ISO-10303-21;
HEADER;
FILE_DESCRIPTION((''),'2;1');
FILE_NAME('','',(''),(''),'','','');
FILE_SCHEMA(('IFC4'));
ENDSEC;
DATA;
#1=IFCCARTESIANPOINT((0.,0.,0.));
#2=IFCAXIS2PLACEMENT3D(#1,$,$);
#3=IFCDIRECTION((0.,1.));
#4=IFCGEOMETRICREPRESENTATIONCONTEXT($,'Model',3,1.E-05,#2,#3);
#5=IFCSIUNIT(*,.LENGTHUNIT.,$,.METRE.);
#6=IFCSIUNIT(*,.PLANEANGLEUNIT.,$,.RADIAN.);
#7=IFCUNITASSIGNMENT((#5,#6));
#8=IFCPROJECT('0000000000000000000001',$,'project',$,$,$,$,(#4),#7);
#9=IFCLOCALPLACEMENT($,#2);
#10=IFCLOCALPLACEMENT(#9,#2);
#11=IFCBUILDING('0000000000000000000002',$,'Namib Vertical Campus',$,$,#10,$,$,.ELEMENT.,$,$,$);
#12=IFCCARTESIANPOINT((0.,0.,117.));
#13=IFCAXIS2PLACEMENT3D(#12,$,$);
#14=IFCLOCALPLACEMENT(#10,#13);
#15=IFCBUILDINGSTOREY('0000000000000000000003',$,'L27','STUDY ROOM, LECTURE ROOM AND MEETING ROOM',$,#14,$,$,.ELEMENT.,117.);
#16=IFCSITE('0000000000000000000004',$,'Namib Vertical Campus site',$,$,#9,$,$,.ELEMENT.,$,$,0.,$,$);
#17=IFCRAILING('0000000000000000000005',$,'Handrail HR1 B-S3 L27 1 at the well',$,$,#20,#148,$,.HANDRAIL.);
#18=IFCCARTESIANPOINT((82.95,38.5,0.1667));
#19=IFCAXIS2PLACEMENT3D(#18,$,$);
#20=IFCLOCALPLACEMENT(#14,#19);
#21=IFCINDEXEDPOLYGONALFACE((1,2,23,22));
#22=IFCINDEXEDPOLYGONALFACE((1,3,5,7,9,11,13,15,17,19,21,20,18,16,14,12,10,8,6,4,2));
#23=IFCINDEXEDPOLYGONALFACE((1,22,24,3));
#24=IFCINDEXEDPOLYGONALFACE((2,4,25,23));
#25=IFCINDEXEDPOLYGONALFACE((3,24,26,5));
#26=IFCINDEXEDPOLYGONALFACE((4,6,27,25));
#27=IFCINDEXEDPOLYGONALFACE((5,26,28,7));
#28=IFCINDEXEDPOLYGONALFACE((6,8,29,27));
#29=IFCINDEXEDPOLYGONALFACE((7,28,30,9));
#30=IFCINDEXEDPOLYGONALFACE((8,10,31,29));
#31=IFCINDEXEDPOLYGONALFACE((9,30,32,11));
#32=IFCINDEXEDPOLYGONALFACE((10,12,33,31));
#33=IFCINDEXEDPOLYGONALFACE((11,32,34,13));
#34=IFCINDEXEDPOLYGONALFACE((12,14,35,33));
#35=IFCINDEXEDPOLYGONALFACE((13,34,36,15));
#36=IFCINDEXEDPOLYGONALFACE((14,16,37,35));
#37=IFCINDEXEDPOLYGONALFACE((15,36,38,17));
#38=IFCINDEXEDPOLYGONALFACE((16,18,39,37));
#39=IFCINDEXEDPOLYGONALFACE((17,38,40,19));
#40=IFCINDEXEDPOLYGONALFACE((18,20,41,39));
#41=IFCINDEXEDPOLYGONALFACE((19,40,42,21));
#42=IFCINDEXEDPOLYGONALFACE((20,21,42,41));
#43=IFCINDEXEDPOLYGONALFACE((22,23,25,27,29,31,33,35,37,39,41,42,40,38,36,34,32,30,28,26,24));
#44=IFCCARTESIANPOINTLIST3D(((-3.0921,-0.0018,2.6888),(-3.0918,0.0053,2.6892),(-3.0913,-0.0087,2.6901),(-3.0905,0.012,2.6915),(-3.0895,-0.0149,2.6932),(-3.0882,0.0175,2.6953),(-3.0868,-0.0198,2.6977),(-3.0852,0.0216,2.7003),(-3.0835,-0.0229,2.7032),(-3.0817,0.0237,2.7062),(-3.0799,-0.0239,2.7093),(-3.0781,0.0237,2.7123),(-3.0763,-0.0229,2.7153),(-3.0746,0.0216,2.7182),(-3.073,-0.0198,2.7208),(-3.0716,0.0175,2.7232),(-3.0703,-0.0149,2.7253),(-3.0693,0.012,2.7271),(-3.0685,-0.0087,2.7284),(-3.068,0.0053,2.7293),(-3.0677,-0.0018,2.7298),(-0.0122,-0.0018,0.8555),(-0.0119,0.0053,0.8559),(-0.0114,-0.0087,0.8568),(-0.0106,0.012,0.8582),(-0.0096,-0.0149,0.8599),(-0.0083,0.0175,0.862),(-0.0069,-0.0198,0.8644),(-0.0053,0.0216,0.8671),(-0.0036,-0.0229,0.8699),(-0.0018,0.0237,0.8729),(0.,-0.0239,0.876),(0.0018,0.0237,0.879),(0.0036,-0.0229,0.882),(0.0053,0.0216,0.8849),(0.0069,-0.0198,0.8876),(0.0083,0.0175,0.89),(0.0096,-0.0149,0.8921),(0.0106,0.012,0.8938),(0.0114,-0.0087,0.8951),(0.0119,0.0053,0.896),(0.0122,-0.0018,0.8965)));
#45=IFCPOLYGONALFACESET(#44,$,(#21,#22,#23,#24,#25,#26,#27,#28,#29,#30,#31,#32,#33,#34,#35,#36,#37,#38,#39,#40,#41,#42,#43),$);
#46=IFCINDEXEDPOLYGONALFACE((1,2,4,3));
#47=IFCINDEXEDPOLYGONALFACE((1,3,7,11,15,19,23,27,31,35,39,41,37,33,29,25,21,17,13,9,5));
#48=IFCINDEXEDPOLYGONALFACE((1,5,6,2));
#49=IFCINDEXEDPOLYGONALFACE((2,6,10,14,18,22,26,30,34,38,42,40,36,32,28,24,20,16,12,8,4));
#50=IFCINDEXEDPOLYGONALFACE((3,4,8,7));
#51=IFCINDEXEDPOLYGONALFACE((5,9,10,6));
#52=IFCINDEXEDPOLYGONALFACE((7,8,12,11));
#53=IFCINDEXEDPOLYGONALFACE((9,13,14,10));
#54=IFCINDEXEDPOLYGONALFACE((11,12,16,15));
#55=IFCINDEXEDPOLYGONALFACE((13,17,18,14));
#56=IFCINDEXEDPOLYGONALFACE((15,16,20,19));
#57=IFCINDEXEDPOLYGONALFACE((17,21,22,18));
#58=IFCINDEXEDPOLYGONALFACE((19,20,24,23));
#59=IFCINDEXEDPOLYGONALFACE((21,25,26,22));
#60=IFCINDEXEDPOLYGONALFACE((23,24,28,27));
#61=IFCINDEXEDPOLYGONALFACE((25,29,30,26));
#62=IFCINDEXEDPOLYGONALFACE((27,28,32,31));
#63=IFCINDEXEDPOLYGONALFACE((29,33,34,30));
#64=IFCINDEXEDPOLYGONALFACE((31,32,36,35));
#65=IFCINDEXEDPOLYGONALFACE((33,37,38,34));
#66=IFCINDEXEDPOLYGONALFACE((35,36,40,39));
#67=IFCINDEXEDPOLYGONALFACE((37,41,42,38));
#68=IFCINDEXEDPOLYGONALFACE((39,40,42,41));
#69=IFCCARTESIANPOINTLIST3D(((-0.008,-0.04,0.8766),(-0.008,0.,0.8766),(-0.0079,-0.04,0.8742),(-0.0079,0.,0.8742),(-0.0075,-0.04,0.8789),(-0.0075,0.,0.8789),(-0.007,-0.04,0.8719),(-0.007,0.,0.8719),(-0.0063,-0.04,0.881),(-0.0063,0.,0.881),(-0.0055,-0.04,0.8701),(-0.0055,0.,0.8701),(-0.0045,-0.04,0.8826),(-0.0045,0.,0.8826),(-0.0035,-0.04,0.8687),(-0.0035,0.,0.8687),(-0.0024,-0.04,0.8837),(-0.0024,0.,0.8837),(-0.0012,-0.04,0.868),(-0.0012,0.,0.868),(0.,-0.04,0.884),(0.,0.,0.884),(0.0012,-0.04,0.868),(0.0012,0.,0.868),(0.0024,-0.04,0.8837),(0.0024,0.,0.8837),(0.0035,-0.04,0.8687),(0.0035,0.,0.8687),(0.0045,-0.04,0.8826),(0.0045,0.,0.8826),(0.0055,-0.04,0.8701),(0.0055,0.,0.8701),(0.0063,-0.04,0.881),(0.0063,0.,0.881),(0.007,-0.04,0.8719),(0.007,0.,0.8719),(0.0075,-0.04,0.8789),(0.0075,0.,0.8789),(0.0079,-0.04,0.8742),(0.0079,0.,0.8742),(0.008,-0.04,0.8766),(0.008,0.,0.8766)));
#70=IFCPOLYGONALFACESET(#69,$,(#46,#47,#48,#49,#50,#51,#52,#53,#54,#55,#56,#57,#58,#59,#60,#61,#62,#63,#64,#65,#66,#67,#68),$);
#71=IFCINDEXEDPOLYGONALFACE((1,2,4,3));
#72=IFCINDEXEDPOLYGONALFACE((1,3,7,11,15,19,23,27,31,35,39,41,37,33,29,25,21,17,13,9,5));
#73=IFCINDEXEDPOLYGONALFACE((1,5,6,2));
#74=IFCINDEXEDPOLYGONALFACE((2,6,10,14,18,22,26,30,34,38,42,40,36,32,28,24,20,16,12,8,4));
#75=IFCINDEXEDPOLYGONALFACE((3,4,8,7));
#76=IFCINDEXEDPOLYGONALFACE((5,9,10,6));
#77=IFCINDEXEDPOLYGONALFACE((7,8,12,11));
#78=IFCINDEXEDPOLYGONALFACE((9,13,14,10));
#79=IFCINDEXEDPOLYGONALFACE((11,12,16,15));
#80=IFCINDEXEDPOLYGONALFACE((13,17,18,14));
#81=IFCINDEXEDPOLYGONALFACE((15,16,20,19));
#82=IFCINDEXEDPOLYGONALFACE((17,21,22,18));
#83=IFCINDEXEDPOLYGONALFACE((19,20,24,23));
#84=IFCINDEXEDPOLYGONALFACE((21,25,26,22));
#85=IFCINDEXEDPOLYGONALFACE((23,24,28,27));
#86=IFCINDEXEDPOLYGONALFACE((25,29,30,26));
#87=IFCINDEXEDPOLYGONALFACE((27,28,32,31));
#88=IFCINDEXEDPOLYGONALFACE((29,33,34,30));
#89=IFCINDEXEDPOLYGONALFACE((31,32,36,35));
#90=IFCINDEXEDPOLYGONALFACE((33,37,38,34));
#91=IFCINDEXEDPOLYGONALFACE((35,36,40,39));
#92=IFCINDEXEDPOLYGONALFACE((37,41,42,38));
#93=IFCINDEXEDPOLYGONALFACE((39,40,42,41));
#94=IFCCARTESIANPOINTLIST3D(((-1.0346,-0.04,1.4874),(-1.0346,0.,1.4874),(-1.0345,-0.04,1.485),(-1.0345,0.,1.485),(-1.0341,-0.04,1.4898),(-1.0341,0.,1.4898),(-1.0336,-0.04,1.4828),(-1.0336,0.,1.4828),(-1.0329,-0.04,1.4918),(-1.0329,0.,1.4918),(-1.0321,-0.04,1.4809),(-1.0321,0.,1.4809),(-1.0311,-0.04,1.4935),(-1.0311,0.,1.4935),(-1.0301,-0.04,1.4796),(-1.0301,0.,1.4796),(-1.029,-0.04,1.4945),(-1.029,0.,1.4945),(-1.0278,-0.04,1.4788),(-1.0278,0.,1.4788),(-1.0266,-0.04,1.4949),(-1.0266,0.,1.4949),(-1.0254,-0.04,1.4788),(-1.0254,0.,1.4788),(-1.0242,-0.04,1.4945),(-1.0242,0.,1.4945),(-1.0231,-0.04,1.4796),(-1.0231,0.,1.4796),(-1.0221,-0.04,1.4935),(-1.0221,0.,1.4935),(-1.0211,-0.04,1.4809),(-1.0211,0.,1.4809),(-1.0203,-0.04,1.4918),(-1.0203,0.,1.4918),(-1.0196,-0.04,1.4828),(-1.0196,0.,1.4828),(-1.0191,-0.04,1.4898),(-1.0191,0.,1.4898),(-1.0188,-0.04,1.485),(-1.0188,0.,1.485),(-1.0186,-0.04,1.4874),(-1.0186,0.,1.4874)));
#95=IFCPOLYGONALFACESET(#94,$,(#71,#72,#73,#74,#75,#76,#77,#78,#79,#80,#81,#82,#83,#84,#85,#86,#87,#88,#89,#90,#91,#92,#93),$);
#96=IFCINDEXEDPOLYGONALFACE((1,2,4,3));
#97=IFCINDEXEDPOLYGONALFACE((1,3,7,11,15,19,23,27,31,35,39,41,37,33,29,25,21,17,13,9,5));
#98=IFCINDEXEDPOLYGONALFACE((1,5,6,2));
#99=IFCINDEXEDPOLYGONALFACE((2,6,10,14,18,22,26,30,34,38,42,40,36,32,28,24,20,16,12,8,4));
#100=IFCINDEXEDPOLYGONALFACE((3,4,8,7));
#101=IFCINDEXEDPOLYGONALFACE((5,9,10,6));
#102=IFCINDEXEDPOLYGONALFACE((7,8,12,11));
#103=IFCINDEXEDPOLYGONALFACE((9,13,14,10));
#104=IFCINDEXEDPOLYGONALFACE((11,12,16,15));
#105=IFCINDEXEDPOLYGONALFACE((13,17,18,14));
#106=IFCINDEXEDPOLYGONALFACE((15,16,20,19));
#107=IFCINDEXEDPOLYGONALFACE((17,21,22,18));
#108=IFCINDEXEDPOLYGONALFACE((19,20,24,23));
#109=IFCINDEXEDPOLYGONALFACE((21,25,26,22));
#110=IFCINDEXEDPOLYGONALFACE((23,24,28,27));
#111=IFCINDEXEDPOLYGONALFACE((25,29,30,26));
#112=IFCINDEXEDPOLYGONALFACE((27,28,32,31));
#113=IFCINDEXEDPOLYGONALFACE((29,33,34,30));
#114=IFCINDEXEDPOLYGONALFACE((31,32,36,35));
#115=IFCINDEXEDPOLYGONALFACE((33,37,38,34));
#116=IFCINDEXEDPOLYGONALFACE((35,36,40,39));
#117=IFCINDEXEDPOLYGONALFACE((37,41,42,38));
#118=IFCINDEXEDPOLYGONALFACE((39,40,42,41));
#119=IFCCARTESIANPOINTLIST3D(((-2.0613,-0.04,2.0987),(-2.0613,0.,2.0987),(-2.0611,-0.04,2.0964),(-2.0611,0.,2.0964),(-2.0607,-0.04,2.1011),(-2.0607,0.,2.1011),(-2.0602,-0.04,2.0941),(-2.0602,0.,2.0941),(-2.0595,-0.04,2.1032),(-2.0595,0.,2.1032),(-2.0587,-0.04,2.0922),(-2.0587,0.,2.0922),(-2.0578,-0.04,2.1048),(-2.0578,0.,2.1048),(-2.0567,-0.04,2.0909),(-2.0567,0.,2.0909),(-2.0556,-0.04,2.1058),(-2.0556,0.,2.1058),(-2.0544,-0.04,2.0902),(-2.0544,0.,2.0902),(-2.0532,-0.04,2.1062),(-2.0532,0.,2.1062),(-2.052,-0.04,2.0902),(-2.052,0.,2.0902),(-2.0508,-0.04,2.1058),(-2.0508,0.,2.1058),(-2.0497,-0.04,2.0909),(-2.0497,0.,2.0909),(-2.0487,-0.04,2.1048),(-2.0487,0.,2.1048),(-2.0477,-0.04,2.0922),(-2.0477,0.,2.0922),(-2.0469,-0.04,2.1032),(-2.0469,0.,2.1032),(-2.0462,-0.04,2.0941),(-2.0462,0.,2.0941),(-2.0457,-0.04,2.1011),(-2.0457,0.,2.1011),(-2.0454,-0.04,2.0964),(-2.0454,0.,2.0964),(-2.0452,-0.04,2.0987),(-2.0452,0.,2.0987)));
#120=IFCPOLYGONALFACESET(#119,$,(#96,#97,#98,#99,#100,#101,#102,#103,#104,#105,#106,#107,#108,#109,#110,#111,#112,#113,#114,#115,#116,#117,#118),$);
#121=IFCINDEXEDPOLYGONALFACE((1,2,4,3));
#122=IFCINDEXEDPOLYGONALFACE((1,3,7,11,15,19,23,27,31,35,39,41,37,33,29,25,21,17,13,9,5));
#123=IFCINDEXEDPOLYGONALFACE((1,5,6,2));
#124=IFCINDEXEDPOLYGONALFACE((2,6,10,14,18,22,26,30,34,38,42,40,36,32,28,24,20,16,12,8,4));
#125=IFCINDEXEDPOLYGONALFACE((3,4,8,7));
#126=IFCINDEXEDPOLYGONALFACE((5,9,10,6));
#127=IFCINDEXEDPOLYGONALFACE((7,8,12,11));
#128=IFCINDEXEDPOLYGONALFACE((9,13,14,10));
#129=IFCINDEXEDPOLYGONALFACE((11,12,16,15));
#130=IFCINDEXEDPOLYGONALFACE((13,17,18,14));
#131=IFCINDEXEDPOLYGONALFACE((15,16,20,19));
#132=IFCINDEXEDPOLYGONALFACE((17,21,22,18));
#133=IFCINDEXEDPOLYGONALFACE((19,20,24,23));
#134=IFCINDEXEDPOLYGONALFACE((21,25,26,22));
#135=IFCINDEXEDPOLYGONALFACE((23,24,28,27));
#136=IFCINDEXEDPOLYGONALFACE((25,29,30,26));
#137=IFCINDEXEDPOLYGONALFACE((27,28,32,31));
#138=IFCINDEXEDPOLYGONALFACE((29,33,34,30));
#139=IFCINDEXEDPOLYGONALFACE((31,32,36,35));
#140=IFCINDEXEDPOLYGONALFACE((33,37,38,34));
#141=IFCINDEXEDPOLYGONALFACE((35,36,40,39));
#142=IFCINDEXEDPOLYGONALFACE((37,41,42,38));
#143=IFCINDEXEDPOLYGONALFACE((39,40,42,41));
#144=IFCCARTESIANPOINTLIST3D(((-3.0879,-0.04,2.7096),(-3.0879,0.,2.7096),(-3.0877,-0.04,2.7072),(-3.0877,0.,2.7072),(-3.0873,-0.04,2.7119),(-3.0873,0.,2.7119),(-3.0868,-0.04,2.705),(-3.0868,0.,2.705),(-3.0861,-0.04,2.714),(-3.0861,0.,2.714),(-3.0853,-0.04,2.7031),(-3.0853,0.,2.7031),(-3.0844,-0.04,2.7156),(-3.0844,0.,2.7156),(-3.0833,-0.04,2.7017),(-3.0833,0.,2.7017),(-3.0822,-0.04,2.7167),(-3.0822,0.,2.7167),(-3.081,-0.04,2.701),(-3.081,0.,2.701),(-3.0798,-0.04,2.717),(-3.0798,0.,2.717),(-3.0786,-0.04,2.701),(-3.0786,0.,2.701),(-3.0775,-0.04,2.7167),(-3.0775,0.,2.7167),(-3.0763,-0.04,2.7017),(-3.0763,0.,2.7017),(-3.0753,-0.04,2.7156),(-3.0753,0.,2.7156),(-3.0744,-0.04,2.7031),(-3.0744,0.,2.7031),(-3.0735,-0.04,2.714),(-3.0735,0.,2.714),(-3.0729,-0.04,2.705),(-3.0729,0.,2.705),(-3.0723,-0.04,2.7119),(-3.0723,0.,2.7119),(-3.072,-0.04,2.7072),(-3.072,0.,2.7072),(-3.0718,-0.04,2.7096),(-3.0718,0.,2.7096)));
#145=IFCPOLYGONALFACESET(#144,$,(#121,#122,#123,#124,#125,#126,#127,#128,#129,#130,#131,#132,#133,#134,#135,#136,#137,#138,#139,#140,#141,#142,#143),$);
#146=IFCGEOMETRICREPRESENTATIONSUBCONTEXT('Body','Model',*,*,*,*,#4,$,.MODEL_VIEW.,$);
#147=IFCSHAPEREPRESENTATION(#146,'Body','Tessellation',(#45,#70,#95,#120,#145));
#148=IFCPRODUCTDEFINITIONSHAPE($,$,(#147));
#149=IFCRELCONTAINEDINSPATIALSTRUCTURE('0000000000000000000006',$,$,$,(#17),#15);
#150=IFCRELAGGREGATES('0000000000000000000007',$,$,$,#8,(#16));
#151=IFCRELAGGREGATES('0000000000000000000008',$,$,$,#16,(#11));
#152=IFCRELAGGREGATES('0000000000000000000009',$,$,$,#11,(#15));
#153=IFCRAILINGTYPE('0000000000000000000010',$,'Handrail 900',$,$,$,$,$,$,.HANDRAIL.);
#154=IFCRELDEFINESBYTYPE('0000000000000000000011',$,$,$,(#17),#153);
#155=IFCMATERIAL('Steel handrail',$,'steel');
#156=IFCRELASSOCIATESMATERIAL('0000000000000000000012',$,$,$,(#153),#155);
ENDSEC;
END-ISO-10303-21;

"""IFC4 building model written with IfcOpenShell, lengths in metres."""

from ifc_helpers import new_model, si_unit, direction, frame, origin, origin_2d, place, context, subcontext, project, spatial, circle, extrude, material, type_object, element, save


model = new_model("IFC4")

# Units and contexts
model_context = context("Model", 3, precision=1e-05, world=origin(), true_north=direction((0.0, 1.0)))
body_context = subcontext(model_context, "Body", "Model", "MODEL_VIEW")
ifc_project = project(units=[si_unit("LENGTHUNIT", "METRE"), si_unit("PLANEANGLEUNIT", "RADIAN")], contexts=[model_context])

# Site, building, storey
site_placement = place(None, origin())
site = spatial("IfcSite", under=ifc_project, at=site_placement, Name="Namib Vertical Campus site", CompositionType="ELEMENT", RefElevation=0.0)
building_placement = place(site_placement, origin())
building = spatial("IfcBuilding", under=site, at=building_placement, Name="Namib Vertical Campus", CompositionType="ELEMENT")
storey_placement = place(building_placement, frame((0.0, 0.0, 117.0)))
storey = spatial("IfcBuildingStorey", under=building, at=storey_placement, Name="L27", Description="STUDY ROOM, LECTURE ROOM AND MEETING ROOM", CompositionType="ELEMENT", Elevation=117.0)

# Railing
ifc_material_1 = material(Name="Steel handrail", Category="steel")
railing_type_1 = type_object("IfcRailingType", Name="Handrail 900", PredefinedType="HANDRAIL", material=ifc_material_1)
railing_1_placement = place(storey_placement, frame((82.95, 38.5, 0.1667)))
element("IfcRailing", 1, at=railing_1_placement, inside=storey, type_object=railing_type_1, Name="Handrail HR1 B-S3 L27 1 at the well", PredefinedType="HANDRAIL", context=body_context, shape_type="SweptSolid", body=[
    extrude(circle(Radius=0.0239, at=origin_2d()), frame((0.0, 0.0, 0.876), z_axis=(-0.859291, 0.0, 0.511487), x_axis=(0.0, -1.0, 0.0)), (0.0, 0.0, 1.0), 3.5842),
    extrude(circle(Radius=0.0081, at=origin_2d()), frame((0.0, 0.0, 0.876), z_axis=(0.0, -1.0, 0.0), x_axis=(0.0, 0.0, 1.0)), (0.0, 0.0, 1.0), 0.04),
    extrude(circle(Radius=0.0081, at=origin_2d()), frame((-1.0266, 0.0, 1.4868), z_axis=(0.0, -1.0, 0.0), x_axis=(0.0, 0.0, 1.0)), (0.0, 0.0, 1.0), 0.04),
    extrude(circle(Radius=0.0081, at=origin_2d()), frame((-2.0532, 0.0, 2.0981), z_axis=(0.0, -1.0, 0.0), x_axis=(0.0, 0.0, 1.0)), (0.0, 0.0, 1.0), 0.04),
    extrude(circle(Radius=0.0081, at=origin_2d()), frame((-3.0798, 0.0, 2.709), z_axis=(0.0, -1.0, 0.0), x_axis=(0.0, 0.0, 1.0)), (0.0, 0.0, 1.0), 0.04),
])

save(model, "model.ifc")
